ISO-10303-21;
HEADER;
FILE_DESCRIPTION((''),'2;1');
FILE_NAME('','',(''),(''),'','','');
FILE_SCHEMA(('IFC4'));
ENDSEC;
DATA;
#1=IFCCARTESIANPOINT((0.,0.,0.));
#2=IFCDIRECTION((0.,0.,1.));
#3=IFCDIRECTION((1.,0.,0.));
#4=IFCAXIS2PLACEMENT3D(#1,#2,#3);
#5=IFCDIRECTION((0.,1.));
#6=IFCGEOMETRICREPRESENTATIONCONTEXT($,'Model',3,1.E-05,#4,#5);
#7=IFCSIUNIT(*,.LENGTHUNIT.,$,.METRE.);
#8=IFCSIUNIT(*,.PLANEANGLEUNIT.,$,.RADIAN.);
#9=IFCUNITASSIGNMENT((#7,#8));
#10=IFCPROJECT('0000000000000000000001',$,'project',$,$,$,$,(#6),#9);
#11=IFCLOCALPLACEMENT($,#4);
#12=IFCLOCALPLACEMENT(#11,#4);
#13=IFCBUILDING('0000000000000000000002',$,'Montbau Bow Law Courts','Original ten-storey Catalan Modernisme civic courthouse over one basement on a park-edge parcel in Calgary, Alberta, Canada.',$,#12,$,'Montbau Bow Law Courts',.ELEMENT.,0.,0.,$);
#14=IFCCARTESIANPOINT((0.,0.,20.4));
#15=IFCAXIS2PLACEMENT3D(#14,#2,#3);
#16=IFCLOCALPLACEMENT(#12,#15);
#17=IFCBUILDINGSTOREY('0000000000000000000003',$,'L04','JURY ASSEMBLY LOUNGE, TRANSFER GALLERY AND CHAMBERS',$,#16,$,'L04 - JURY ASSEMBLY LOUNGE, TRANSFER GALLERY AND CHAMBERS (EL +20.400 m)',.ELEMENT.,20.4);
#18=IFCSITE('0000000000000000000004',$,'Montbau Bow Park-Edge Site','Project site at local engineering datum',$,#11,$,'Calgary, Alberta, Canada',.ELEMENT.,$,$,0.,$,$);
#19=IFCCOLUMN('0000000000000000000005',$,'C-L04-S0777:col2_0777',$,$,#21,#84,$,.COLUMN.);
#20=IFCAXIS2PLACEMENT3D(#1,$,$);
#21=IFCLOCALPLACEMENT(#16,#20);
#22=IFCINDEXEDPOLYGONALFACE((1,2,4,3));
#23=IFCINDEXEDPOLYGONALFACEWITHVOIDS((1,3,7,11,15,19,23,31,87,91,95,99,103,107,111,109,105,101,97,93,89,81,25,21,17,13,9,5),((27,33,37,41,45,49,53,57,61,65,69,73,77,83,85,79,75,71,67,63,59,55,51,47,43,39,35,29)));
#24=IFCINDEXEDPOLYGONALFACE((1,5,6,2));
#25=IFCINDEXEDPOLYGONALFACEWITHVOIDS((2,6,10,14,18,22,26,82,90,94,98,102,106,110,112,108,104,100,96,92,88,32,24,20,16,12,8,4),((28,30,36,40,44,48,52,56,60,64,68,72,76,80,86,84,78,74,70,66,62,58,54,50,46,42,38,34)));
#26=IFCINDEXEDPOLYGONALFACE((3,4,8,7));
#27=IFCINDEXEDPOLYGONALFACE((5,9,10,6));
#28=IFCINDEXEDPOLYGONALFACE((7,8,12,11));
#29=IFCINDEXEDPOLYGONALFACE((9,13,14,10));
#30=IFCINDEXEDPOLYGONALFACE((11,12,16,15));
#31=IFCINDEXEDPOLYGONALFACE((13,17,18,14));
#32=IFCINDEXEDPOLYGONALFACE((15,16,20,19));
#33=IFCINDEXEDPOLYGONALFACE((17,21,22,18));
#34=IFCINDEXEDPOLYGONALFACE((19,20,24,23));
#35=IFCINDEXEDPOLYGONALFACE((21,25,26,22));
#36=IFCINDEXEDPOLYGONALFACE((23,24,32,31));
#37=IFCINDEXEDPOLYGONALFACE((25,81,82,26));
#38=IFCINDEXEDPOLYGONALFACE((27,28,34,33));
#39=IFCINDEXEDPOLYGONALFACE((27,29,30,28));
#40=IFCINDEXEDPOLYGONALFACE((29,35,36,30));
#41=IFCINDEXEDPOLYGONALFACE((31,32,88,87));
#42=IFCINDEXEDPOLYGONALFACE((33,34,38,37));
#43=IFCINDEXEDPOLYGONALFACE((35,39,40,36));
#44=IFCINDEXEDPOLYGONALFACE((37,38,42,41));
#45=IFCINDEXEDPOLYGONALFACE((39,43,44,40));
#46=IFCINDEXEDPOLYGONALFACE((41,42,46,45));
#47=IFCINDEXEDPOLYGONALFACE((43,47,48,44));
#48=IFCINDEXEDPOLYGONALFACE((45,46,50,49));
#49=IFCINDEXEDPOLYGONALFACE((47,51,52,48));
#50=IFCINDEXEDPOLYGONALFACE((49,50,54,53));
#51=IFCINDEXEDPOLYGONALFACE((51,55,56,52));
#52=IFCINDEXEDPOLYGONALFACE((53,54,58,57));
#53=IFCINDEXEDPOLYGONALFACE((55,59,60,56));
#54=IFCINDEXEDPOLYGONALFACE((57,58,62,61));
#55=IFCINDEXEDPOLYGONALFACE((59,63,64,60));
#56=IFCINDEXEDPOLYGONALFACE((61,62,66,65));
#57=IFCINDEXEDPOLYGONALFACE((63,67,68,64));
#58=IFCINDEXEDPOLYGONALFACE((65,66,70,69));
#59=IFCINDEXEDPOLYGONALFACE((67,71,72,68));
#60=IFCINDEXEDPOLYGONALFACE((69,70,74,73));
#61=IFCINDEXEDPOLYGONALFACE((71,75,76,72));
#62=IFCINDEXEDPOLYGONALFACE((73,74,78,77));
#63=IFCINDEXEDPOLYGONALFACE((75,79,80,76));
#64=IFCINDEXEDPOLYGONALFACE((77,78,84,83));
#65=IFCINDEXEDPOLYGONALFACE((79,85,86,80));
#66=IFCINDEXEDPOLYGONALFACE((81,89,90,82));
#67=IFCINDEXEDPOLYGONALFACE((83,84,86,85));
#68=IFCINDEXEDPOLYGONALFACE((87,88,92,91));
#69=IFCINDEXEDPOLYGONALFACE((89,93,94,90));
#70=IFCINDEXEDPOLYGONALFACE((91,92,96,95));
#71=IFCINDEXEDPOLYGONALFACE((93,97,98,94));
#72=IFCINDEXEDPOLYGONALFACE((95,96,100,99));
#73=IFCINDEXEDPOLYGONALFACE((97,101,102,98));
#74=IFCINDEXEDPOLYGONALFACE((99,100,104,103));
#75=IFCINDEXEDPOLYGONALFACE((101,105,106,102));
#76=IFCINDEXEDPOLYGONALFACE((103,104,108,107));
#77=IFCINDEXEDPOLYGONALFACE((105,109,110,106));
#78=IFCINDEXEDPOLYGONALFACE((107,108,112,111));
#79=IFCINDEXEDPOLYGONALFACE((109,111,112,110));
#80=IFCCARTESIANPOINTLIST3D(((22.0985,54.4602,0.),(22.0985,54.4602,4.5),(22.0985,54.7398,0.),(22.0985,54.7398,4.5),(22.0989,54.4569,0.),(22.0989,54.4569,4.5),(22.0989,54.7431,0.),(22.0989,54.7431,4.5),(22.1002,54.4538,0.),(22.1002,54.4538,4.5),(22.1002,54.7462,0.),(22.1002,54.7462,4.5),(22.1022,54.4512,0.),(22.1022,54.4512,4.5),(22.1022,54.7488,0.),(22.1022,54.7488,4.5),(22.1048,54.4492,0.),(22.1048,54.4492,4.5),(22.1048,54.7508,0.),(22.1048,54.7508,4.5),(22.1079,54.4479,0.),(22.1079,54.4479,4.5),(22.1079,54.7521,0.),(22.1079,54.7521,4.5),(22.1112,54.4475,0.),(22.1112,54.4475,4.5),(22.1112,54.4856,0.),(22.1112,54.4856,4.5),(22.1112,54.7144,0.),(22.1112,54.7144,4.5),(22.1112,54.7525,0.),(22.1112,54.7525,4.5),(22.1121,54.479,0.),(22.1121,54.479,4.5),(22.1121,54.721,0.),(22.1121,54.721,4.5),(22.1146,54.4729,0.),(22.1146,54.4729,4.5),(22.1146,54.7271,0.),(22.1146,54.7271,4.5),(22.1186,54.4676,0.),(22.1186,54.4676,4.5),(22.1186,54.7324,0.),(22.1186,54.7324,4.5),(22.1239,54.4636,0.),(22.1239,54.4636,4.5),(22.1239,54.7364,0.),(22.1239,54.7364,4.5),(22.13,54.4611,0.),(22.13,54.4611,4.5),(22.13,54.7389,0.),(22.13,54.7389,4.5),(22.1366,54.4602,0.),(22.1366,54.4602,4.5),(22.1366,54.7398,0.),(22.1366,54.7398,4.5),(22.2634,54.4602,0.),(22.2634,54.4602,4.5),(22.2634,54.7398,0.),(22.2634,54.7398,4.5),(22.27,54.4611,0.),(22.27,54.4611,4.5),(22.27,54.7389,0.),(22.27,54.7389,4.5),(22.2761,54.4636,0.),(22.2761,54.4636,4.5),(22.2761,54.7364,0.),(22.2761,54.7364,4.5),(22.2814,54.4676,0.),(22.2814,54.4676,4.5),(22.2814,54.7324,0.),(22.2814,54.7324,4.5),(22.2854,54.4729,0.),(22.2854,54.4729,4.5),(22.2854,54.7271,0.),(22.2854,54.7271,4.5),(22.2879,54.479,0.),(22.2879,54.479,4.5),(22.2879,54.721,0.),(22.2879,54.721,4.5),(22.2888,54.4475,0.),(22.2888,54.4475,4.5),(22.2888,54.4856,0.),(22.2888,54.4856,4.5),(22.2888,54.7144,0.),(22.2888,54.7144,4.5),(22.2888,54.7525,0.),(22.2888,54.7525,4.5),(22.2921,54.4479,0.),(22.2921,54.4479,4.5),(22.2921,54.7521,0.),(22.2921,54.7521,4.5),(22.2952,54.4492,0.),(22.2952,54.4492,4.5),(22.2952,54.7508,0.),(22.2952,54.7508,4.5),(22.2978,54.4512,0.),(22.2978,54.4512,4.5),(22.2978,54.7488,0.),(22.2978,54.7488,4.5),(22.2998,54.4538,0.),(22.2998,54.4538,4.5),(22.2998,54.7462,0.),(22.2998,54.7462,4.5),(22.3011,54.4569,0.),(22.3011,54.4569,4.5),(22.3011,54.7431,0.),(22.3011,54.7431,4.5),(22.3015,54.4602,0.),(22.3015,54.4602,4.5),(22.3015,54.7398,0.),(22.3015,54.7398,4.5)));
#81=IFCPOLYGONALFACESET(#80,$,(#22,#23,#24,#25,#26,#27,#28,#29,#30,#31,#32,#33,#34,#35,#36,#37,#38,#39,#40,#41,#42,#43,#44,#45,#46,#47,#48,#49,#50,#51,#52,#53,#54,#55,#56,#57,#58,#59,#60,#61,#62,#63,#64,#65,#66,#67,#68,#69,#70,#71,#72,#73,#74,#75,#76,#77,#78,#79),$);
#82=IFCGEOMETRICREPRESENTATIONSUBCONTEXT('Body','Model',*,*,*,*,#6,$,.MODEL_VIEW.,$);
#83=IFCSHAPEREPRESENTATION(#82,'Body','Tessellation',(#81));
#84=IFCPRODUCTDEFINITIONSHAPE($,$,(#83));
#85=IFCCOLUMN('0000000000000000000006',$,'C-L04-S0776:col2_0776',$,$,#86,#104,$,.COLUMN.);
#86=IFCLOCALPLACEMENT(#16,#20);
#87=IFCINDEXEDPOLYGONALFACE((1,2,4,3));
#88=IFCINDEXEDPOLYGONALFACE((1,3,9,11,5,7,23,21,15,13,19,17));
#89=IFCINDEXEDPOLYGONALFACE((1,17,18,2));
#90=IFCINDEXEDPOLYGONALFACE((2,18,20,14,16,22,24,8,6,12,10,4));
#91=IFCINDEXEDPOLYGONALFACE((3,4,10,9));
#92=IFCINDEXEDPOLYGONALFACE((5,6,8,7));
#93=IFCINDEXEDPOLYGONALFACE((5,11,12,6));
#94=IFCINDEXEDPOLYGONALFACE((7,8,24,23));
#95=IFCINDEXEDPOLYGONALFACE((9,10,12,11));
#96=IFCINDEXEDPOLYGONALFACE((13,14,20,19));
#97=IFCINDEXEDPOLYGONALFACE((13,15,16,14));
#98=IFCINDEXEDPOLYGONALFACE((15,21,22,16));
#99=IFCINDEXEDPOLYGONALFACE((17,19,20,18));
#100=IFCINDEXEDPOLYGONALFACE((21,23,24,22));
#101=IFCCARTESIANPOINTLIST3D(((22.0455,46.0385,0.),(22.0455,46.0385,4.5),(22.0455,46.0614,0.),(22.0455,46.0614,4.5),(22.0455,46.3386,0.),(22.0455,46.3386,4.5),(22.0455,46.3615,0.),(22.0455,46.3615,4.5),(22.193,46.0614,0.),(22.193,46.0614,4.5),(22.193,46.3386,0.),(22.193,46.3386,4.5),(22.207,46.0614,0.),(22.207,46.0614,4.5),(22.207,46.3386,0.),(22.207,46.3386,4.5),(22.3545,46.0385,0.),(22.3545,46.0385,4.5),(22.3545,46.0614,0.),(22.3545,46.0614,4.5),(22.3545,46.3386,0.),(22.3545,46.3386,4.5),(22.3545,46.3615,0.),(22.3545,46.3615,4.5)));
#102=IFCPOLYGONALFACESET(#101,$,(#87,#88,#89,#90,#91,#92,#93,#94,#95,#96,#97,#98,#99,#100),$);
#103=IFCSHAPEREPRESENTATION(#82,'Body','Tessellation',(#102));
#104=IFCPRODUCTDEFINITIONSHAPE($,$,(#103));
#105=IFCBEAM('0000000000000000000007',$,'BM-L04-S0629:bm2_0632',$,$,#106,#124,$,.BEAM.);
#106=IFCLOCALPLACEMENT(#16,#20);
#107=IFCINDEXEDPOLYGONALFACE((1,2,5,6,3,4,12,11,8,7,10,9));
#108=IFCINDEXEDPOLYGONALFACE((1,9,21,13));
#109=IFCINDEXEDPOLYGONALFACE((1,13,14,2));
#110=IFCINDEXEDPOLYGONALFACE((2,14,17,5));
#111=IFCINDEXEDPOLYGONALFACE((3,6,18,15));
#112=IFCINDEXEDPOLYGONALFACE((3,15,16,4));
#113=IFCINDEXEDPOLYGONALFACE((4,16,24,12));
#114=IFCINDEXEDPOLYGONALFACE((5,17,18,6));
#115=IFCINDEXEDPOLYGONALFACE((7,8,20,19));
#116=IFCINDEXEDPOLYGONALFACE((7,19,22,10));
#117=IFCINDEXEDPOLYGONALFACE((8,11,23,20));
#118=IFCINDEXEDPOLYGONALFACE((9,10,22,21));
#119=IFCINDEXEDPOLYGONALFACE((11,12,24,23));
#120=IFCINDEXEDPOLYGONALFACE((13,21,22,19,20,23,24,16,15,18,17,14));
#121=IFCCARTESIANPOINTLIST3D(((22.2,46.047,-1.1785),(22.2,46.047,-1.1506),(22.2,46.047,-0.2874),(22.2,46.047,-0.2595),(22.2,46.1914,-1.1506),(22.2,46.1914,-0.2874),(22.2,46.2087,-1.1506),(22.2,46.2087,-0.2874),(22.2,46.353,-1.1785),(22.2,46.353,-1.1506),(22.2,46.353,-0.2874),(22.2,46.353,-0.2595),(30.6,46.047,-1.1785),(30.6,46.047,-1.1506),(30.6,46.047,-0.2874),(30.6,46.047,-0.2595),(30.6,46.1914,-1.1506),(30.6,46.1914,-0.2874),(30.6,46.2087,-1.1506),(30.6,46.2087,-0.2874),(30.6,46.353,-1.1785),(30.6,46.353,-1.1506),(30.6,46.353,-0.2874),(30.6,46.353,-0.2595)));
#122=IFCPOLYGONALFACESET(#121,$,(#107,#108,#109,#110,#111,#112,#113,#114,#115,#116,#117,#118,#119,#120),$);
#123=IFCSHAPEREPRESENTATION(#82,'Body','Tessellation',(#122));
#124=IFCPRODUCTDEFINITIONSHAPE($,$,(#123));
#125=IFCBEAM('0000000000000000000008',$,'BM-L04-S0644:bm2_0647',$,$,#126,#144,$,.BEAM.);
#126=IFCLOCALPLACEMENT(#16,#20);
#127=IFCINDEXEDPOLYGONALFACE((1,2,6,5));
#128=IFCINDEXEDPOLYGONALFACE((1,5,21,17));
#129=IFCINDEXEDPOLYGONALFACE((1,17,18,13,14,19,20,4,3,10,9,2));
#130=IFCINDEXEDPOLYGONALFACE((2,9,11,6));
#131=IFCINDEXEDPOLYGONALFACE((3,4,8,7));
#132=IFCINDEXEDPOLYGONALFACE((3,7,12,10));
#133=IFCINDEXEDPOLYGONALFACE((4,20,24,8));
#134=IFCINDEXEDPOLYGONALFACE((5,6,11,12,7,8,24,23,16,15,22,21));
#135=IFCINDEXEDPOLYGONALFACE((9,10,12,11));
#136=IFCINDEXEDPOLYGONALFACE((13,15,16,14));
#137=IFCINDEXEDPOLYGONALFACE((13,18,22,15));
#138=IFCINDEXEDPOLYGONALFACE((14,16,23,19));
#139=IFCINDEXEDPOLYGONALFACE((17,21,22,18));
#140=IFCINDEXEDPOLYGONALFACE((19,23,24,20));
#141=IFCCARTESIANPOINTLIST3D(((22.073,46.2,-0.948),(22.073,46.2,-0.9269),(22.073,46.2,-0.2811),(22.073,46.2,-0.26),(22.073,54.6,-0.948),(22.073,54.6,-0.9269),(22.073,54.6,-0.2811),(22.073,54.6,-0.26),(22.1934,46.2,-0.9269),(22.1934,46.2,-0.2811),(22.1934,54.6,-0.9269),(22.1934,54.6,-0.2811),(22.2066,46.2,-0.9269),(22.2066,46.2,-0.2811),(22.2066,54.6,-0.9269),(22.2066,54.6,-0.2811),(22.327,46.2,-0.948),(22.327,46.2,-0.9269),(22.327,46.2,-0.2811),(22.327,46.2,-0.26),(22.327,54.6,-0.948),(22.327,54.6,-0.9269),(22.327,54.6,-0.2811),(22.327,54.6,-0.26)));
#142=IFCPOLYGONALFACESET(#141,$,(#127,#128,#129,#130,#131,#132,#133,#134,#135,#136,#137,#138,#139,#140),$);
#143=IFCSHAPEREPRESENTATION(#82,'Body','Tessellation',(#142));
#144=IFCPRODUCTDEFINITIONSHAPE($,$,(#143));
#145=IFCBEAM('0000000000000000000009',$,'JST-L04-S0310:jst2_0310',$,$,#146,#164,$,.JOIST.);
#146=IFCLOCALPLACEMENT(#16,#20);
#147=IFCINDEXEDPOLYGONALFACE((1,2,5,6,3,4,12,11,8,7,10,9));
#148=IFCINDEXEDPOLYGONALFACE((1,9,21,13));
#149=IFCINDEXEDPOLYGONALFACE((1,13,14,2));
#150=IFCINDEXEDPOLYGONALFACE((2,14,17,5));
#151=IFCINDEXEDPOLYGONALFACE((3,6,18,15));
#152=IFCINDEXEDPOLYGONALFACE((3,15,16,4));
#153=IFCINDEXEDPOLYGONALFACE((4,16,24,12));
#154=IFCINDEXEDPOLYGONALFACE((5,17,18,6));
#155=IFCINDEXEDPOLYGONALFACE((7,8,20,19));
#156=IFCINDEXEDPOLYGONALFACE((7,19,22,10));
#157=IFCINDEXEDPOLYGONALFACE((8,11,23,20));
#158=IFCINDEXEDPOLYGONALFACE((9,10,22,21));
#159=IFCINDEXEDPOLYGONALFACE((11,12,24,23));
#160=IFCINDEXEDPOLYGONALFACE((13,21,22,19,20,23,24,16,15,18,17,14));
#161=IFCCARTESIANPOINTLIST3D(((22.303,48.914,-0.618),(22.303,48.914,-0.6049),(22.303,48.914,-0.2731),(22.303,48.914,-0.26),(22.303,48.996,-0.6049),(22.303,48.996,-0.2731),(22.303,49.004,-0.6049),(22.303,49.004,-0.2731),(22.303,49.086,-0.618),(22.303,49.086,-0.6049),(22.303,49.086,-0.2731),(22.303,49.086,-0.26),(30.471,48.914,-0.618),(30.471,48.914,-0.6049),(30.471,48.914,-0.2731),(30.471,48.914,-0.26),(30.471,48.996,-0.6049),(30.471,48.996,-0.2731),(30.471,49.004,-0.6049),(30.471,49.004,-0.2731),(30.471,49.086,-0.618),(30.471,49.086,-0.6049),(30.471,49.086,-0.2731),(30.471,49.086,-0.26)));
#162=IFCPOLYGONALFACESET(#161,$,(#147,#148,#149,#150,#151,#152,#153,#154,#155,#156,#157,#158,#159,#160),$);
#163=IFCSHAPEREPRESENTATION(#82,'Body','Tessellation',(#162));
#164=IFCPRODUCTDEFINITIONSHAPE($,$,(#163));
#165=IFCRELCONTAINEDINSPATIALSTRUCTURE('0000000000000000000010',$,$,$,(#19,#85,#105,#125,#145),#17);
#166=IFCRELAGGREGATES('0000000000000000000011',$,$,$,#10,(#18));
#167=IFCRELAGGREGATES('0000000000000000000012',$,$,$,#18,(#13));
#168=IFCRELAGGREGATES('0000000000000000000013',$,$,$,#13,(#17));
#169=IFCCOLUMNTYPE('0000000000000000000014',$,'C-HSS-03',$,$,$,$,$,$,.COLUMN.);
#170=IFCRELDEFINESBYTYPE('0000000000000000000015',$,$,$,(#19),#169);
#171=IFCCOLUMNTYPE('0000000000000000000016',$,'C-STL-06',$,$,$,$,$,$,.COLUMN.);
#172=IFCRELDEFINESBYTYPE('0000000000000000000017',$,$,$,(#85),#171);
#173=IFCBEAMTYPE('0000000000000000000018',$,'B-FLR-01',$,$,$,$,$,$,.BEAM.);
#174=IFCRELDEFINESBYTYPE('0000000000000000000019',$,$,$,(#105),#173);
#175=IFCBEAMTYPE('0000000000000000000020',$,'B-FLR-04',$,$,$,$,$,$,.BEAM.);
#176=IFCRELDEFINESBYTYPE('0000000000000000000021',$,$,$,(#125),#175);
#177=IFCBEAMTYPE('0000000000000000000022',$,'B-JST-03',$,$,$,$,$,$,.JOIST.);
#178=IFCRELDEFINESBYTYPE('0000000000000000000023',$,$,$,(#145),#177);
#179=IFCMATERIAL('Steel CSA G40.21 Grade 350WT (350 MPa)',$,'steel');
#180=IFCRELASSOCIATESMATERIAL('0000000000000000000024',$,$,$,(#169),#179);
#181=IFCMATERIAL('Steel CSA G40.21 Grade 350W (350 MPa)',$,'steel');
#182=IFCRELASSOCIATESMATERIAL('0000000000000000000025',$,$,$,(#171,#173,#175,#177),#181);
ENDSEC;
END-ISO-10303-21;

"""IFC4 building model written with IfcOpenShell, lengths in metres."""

from ifc_helpers import new_model, si_unit, direction, frame, origin_with_axes, origin_2d_with_axis, place, context, subcontext, project, spatial, hollow_rectangle, i_section, extrude, material, material_profile, profile_set, type_object, element, save


model = new_model("IFC4")

# Units and contexts
model_context = context("Model", 3, precision=1e-05, world=origin_with_axes(), true_north=direction((0.0, 1.0)))
body_context = subcontext(model_context, "Body", "Model", "MODEL_VIEW")
ifc_project = project(units=[si_unit("LENGTHUNIT", "METRE"), si_unit("PLANEANGLEUNIT", "RADIAN")], contexts=[model_context])

# Site, building, storey
site_placement = place(None, origin_with_axes())
site = spatial("IfcSite", under=ifc_project, at=site_placement, Name="Montbau Bow Park-Edge Site", Description="Project site at local engineering datum", LongName="Calgary, Alberta, Canada", CompositionType="ELEMENT", RefElevation=0.0)
building_placement = place(site_placement, origin_with_axes())
building = spatial("IfcBuilding", under=site, at=building_placement, Name="Montbau Bow Law Courts", Description="Original ten-storey Catalan Modernisme civic courthouse over one basement on a park-edge parcel in Calgary, Alberta, Canada.", LongName="Montbau Bow Law Courts", CompositionType="ELEMENT", ElevationOfRefHeight=0.0, ElevationOfTerrain=0.0)
storey_placement = place(building_placement, frame((0.0, 0.0, 20.4), z_axis=(0.0, 0.0, 1.0), x_axis=(1.0, 0.0, 0.0)))
storey = spatial("IfcBuildingStorey", under=building, at=storey_placement, Name="L04", Description="JURY ASSEMBLY LOUNGE, TRANSFER GALLERY AND CHAMBERS", LongName="L04 - JURY ASSEMBLY LOUNGE, TRANSFER GALLERY AND CHAMBERS (EL +20.400 m)", CompositionType="ELEMENT", Elevation=20.4)

# Columns
ifc_material_1 = material(Name="Steel CSA G40.21 Grade 350WT (350 MPa)", Category="steel")
ifc_material_profile_1 = material_profile(ifc_material_1, hollow_rectangle(XDim=0.203, YDim=0.305, WallThickness=0.0127, InnerFilletRadius=0.0254, OuterFilletRadius=0.0127, at=origin_2d_with_axis()), Name="HSS305X203X13", Category="Main", Priority=0)
ifc_profile_set_1 = profile_set([ifc_material_profile_1], Name="Steel CSA G40.21 Grade 350WT (350 MPa)")
column_type_1 = type_object("IfcColumnType", Name="C-HSS-03", PredefinedType="COLUMN", material=ifc_profile_set_1)
column_1_placement = place(None, frame((22.2, 54.6, 20.4), z_axis=(0.0, 0.0, 1.0), x_axis=(1.0, 0.0, 0.0)))
element("IfcColumn", 1, at=column_1_placement, inside=storey, type_object=column_type_1, Name="C-L04-S0777:col2_0777", PredefinedType="COLUMN", context=body_context, shape_type="SweptSolid", body=[
    extrude(hollow_rectangle(XDim=0.203, YDim=0.305, WallThickness=0.0127, InnerFilletRadius=0.0254, OuterFilletRadius=0.0127, at=origin_2d_with_axis()), origin_with_axes(), (0.0, 0.0, 1.0), 4.5),
])
ifc_material_2 = material(Name="Steel CSA G40.21 Grade 350W (350 MPa)", Category="steel")
ifc_material_profile_2 = material_profile(ifc_material_2, i_section(OverallWidth=0.309, OverallDepth=0.323, WebThickness=0.014, FlangeThickness=0.0229, at=origin_2d_with_axis()), Name="W310X143", Category="Main", Priority=0)
ifc_profile_set_2 = profile_set([ifc_material_profile_2], Name="Steel CSA G40.21 Grade 350W (350 MPa)")
column_type_2 = type_object("IfcColumnType", Name="C-STL-06", PredefinedType="COLUMN", material=ifc_profile_set_2)
column_2_placement = place(None, frame((22.2, 46.2, 20.4), z_axis=(0.0, 0.0, 1.0), x_axis=(1.0, 0.0, 0.0)))
element("IfcColumn", 2, at=column_2_placement, inside=storey, type_object=column_type_2, Name="C-L04-S0776:col2_0776", PredefinedType="COLUMN", context=body_context, shape_type="SweptSolid", body=[
    extrude(i_section(OverallWidth=0.309, OverallDepth=0.323, WebThickness=0.014, FlangeThickness=0.0229, at=origin_2d_with_axis()), origin_with_axes(), (0.0, 0.0, 1.0), 4.5),
])

# Beams
ifc_material_profile_3 = material_profile(ifc_material_2, i_section(OverallWidth=0.306, OverallDepth=0.919, WebThickness=0.0173, FlangeThickness=0.0279, at=origin_2d_with_axis()), Name="W920X253", Category="Main", Priority=0)
ifc_profile_set_3 = profile_set([ifc_material_profile_3], Name="Steel CSA G40.21 Grade 350W (350 MPa)")
beam_type_1 = type_object("IfcBeamType", Name="B-FLR-01", PredefinedType="BEAM", material=ifc_profile_set_3)
beam_1_placement = place(None, frame((22.2, 46.2, 19.681), z_axis=(1.0, 0.0, 0.0), x_axis=(0.0, 1.0, 0.0)))
element("IfcBeam", 3, at=beam_1_placement, inside=storey, type_object=beam_type_1, Name="BM-L04-S0629:bm2_0632", PredefinedType="BEAM", context=body_context, shape_type="SweptSolid", body=[
    extrude(i_section(OverallWidth=0.306, OverallDepth=0.919, WebThickness=0.0173, FlangeThickness=0.0279, at=origin_2d_with_axis()), origin_with_axes(), (0.0, 0.0, 1.0), 8.4),
])
ifc_material_profile_4 = material_profile(ifc_material_2, i_section(OverallWidth=0.254, OverallDepth=0.688, WebThickness=0.0131, FlangeThickness=0.0211, at=origin_2d_with_axis()), Name="W690X152", Category="Main", Priority=0)
ifc_profile_set_4 = profile_set([ifc_material_profile_4], Name="Steel CSA G40.21 Grade 350W (350 MPa)")
beam_type_2 = type_object("IfcBeamType", Name="B-FLR-04", PredefinedType="BEAM", material=ifc_profile_set_4)
beam_2_placement = place(None, frame((22.2, 46.2, 19.796), z_axis=(0.0, 1.0, 0.0), x_axis=(-1.0, 0.0, 0.0)))
element("IfcBeam", 4, at=beam_2_placement, inside=storey, type_object=beam_type_2, Name="BM-L04-S0644:bm2_0647", PredefinedType="BEAM", context=body_context, shape_type="SweptSolid", body=[
    extrude(i_section(OverallWidth=0.254, OverallDepth=0.688, WebThickness=0.0131, FlangeThickness=0.0211, at=origin_2d_with_axis()), origin_with_axes(), (0.0, 0.0, 1.0), 8.4),
])
ifc_material_profile_5 = material_profile(ifc_material_2, i_section(OverallWidth=0.172, OverallDepth=0.358, WebThickness=0.0079, FlangeThickness=0.0131, at=origin_2d_with_axis()), Name="W360X57", Category="Main", Priority=0)
ifc_profile_set_5 = profile_set([ifc_material_profile_5], Name="Steel CSA G40.21 Grade 350W (350 MPa)")
beam_type_3 = type_object("IfcBeamType", Name="B-JST-03", PredefinedType="JOIST", material=ifc_profile_set_5)
beam_3_placement = place(None, frame((22.303, 49.0, 19.961), z_axis=(1.0, 0.0, 0.0), x_axis=(0.0, 1.0, 0.0)))
element("IfcBeam", 5, at=beam_3_placement, inside=storey, type_object=beam_type_3, Name="JST-L04-S0310:jst2_0310", PredefinedType="JOIST", context=body_context, shape_type="SweptSolid", body=[
    extrude(i_section(OverallWidth=0.172, OverallDepth=0.358, WebThickness=0.0079, FlangeThickness=0.0131, at=origin_2d_with_axis()), origin_with_axes(), (0.0, 0.0, 1.0), 8.168),
])

save(model, "model.ifc")
